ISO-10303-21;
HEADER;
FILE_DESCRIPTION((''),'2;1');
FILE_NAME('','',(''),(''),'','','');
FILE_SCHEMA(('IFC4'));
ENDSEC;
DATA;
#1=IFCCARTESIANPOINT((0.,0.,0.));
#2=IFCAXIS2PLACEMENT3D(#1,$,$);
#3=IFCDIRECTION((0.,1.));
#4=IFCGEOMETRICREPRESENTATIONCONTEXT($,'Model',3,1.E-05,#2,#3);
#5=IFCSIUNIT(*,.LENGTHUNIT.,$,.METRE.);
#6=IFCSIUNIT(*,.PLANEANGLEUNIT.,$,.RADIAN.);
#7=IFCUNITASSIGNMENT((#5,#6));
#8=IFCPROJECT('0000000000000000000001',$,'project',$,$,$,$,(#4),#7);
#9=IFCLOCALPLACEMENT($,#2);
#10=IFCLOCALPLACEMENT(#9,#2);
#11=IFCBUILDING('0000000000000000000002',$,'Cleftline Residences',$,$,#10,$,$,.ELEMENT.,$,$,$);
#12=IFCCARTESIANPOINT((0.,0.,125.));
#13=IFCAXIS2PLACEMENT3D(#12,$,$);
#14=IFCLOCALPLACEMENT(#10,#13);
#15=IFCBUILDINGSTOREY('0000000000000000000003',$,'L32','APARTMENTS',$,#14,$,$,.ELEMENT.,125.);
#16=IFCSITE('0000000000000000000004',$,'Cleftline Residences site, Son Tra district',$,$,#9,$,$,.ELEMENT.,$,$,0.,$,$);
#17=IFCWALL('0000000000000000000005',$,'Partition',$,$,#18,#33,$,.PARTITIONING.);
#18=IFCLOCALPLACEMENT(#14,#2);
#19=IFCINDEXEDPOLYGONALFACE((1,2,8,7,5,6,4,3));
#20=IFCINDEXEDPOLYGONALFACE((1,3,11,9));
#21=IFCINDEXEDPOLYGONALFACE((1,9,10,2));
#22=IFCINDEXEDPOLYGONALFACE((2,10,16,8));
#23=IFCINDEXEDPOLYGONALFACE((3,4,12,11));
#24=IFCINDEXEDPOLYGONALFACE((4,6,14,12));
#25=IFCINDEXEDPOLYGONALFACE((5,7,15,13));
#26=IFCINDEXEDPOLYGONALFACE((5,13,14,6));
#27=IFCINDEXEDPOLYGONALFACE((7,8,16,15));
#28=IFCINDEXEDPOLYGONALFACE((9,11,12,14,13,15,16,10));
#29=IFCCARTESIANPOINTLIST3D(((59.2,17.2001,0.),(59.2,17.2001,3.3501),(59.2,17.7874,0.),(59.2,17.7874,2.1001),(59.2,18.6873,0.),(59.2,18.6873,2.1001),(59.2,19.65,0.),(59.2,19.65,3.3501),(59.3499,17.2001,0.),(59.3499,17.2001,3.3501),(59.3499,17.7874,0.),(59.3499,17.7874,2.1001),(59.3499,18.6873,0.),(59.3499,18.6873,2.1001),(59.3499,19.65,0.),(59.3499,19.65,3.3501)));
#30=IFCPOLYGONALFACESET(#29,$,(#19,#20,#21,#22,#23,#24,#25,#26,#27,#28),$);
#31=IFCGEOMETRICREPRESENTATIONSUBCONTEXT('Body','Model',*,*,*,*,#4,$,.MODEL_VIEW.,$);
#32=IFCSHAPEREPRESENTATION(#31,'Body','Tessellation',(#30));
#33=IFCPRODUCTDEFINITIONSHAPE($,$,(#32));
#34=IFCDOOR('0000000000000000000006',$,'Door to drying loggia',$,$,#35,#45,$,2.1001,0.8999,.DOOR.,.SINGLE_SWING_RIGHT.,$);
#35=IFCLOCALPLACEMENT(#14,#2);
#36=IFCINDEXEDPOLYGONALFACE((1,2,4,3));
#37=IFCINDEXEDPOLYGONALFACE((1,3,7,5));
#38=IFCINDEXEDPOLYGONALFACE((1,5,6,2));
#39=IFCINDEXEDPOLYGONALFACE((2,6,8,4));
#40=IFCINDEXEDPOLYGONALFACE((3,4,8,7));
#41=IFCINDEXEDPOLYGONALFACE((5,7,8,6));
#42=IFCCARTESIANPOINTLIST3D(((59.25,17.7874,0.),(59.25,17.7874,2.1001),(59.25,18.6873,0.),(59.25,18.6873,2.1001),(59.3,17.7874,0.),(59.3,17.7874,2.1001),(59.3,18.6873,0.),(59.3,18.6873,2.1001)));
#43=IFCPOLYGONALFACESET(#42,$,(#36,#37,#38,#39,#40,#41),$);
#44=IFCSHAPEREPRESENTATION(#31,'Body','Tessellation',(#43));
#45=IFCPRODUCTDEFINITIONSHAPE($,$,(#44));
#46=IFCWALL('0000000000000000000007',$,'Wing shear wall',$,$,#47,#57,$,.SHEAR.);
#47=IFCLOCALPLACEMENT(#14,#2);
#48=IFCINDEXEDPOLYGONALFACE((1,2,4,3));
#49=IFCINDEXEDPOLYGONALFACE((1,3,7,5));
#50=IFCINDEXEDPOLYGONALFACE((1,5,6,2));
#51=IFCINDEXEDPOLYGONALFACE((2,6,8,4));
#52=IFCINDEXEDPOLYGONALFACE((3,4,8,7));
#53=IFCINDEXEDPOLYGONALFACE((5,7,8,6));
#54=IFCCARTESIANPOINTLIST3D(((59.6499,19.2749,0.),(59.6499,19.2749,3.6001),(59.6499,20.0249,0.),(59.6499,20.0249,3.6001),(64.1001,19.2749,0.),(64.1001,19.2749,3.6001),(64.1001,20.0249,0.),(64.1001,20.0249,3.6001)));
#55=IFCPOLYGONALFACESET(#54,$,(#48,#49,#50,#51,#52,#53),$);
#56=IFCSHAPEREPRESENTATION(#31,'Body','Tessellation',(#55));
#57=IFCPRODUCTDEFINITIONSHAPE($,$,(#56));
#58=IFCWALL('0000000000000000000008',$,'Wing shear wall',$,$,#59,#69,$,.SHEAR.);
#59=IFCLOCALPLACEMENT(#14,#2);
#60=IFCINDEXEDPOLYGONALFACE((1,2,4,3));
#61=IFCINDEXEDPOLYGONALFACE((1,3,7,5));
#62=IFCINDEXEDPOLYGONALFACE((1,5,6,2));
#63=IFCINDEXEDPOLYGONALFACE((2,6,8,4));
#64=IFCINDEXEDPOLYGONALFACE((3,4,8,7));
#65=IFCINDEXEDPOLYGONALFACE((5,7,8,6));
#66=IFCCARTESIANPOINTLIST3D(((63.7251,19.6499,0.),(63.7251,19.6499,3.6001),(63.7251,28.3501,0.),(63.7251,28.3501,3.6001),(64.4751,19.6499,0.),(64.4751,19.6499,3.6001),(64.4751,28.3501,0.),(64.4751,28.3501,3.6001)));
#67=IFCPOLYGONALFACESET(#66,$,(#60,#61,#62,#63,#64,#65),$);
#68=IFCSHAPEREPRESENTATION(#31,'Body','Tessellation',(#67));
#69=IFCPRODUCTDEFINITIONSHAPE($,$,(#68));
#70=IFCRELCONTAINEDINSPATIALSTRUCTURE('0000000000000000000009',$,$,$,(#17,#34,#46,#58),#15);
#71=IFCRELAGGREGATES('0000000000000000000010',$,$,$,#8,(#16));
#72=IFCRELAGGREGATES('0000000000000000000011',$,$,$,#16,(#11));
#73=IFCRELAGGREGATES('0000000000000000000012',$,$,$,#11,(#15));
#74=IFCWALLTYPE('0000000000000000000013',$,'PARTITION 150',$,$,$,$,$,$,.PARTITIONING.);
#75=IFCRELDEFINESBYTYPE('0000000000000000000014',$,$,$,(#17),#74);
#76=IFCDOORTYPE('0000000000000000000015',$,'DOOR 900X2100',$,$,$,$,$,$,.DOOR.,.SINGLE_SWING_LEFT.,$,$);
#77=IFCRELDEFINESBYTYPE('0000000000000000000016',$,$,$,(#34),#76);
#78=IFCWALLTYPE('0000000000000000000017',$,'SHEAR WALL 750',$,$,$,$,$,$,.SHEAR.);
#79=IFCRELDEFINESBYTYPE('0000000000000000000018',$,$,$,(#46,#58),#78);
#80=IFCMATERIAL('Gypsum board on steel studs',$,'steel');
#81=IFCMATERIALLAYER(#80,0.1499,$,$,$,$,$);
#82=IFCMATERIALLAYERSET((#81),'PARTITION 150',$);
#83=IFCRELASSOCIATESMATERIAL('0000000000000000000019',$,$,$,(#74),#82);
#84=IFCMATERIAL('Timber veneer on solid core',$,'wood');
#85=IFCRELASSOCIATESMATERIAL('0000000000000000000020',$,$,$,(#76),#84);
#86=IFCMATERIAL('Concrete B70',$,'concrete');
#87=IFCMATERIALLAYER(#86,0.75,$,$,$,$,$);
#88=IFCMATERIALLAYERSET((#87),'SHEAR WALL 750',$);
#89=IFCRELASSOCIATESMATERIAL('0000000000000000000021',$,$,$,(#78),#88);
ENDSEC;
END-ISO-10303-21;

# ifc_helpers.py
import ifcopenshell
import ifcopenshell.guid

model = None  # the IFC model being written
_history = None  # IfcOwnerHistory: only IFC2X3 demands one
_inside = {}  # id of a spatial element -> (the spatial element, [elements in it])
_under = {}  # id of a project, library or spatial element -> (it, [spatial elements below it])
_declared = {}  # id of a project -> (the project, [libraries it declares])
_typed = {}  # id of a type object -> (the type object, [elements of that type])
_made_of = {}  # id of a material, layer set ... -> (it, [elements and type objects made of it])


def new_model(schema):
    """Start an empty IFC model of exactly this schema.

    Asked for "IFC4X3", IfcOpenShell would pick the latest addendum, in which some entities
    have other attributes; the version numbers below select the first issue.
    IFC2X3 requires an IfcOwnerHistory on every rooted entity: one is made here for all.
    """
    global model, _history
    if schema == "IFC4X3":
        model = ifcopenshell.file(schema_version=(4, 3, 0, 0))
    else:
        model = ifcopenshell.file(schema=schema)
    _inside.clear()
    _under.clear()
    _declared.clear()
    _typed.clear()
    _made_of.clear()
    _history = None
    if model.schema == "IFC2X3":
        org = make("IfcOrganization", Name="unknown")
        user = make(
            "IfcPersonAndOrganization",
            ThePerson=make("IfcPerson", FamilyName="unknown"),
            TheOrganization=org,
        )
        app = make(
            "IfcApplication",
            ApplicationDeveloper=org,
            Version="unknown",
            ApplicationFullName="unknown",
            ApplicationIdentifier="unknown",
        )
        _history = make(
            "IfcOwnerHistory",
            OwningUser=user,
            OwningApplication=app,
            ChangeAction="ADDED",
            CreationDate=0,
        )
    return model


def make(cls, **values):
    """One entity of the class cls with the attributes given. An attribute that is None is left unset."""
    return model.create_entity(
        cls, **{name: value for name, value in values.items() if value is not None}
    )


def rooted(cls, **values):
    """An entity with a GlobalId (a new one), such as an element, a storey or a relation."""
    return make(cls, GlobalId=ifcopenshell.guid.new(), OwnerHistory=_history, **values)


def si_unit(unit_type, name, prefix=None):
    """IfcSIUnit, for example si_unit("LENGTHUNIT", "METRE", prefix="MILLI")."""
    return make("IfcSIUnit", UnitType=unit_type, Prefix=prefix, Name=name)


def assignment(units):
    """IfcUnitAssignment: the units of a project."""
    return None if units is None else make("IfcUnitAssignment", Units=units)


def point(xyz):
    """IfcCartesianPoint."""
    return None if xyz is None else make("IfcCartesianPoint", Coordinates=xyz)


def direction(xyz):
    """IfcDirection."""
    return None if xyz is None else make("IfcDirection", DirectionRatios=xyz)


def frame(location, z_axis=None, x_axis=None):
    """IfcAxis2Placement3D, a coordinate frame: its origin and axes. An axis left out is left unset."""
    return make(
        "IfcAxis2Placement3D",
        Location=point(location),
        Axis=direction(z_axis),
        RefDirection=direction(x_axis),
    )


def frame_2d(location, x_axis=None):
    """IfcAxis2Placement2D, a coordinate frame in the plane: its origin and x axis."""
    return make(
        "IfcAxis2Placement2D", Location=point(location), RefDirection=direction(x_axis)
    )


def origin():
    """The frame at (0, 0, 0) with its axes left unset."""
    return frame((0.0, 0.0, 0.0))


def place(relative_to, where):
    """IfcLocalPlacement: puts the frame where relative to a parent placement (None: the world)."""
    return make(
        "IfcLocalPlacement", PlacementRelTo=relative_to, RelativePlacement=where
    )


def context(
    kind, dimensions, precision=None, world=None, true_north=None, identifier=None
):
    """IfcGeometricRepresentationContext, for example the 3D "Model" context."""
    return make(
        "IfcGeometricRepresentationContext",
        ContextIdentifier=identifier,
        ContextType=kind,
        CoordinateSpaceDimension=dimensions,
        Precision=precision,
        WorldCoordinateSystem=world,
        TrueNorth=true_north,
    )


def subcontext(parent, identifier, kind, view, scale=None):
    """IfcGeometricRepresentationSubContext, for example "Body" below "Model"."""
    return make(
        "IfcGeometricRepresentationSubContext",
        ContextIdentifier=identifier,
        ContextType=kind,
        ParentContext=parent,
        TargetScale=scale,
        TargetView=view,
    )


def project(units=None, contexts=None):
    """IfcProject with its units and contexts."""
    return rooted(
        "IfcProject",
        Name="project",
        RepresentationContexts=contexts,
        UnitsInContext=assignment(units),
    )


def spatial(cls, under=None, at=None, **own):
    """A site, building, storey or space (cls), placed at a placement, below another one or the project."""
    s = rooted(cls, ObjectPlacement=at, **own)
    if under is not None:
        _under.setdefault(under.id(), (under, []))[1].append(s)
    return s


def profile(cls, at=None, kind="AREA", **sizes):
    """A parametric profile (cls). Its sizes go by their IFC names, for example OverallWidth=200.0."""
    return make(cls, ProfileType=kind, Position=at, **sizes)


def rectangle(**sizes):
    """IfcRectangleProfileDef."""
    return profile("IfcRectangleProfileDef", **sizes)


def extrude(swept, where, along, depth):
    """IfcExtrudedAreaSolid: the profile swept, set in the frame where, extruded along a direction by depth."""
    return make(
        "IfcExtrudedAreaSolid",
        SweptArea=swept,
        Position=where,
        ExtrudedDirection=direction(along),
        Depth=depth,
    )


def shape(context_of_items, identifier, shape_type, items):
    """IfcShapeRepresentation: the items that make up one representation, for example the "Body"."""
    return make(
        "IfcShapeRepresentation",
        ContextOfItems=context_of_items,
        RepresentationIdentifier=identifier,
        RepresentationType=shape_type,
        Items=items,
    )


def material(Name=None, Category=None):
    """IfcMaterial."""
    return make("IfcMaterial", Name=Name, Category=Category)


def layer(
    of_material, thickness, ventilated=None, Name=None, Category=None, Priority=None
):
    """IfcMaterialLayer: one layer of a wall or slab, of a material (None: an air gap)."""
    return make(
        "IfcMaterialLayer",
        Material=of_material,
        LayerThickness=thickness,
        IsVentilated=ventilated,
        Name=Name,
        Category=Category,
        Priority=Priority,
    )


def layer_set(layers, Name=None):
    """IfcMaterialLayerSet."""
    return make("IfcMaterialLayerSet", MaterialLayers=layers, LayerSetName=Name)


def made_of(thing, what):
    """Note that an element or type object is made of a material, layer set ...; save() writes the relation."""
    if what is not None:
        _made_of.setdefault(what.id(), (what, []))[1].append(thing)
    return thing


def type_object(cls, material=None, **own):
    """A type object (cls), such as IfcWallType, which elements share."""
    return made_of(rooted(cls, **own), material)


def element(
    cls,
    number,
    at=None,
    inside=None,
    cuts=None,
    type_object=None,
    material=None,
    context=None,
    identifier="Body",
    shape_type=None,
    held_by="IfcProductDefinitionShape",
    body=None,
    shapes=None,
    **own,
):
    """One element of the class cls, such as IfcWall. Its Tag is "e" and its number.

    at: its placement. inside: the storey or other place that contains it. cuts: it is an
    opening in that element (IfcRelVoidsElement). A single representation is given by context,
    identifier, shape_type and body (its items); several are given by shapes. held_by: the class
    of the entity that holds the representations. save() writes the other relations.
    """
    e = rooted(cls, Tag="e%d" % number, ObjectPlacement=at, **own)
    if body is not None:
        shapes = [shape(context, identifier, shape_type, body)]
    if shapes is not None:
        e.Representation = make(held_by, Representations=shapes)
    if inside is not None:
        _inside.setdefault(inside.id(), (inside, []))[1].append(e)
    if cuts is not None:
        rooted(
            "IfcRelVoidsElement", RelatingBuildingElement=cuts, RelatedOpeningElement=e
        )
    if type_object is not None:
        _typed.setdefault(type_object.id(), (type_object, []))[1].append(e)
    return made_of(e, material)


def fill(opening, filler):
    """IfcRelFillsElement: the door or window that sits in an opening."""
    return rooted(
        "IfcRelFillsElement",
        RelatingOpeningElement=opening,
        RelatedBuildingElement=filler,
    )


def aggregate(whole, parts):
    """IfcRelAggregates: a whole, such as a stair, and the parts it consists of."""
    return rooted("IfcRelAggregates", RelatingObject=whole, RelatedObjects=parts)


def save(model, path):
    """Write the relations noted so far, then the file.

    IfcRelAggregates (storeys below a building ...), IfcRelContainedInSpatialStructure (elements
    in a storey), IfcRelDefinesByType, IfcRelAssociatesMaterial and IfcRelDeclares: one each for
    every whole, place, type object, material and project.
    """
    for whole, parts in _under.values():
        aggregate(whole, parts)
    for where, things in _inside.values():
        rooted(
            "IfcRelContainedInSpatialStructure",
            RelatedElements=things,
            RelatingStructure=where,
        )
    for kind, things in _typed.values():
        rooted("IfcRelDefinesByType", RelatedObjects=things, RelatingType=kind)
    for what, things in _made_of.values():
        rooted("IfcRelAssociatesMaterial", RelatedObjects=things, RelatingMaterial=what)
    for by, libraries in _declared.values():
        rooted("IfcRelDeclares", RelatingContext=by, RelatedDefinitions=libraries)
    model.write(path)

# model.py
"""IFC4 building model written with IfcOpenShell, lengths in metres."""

from ifc_helpers import new_model, si_unit, direction, frame, frame_2d, origin, place, context, subcontext, project, spatial, rectangle, extrude, material, layer, layer_set, type_object, element, fill, save


model = new_model("IFC4")

# Units and contexts
model_context = context("Model", 3, precision=1e-05, world=origin(), true_north=direction((0.0, 1.0)))
body_context = subcontext(model_context, "Body", "Model", "MODEL_VIEW")
ifc_project = project(units=[si_unit("LENGTHUNIT", "METRE"), si_unit("PLANEANGLEUNIT", "RADIAN")], contexts=[model_context])

# Site, building, storey
site_placement = place(None, origin())
site = spatial("IfcSite", under=ifc_project, at=site_placement, Name="Cleftline Residences site, Son Tra district", CompositionType="ELEMENT", RefElevation=0.0)
building_placement = place(site_placement, origin())
building = spatial("IfcBuilding", under=site, at=building_placement, Name="Cleftline Residences", CompositionType="ELEMENT")
storey_placement = place(building_placement, frame((0.0, 0.0, 125.0)))
storey = spatial("IfcBuildingStorey", under=building, at=storey_placement, Name="L32", Description="APARTMENTS", CompositionType="ELEMENT", Elevation=125.0)

# Shared definitions
ifc_material_1 = material(Name="Gypsum board on steel studs", Category="steel")
ifc_layer_1 = layer(ifc_material_1, 0.1499)
ifc_layer_set_1 = layer_set([ifc_layer_1], Name="PARTITION 150")
wall_type_1 = type_object("IfcWallType", Name="PARTITION 150", PredefinedType="PARTITIONING", material=ifc_layer_set_1)

# Wall, opening, door
wall_1_placement = place(storey_placement, frame((59.2749, 17.2, 0.0), z_axis=(0.0, 0.0, 1.0), x_axis=(0.0, 1.0, 0.0)))
wall_1 = element("IfcWall", 1, at=wall_1_placement, inside=storey, type_object=wall_type_1, Name="Partition", PredefinedType="PARTITIONING", context=body_context, shape_type="SweptSolid", body=[
    extrude(rectangle(XDim=2.45, YDim=0.1499, at=frame_2d((1.2251, 0.0))), origin(), (0.0, 0.0, 1.0), 3.3501),
])
opening_1_placement = place(wall_1_placement, frame((0.5874, 0.0, 0.0)))
opening_1 = element("IfcOpeningElement", 2, at=opening_1_placement, cuts=wall_1, PredefinedType="OPENING", context=body_context, shape_type="SweptSolid", body=[
    extrude(rectangle(XDim=0.8999, YDim=2.1001, at=frame_2d((0.45, 1.05))), frame((0.0, 0.085, 0.0), z_axis=(0.0, -1.0, 0.0), x_axis=(1.0, 0.0, 0.0)), (0.0, 0.0, 1.0), 0.1699),
])
ifc_material_2 = material(Name="Timber veneer on solid core", Category="wood")
door_type_1 = type_object("IfcDoorType", Name="DOOR 900X2100", OperationType="SINGLE_SWING_LEFT", PredefinedType="DOOR", material=ifc_material_2)
door_1_placement = place(opening_1_placement, origin())
door_1 = element("IfcDoor", 3, at=door_1_placement, inside=storey, type_object=door_type_1, Name="Door to drying loggia", OperationType="SINGLE_SWING_RIGHT", OverallHeight=2.1001, OverallWidth=0.8999, PredefinedType="DOOR", context=body_context, shape_type="SweptSolid", body=[
    extrude(rectangle(XDim=0.8999, YDim=2.1001, at=frame_2d((0.45, 1.05))), frame((0.0, 0.0249, 0.0), z_axis=(0.0, -1.0, 0.0), x_axis=(1.0, 0.0, 0.0)), (0.0, 0.0, 1.0), 0.05),
])
fill(opening_1, door_1)

# Walls
ifc_material_3 = material(Name="Concrete B70", Category="concrete")
ifc_layer_2 = layer(ifc_material_3, 0.75)
ifc_layer_set_2 = layer_set([ifc_layer_2], Name="SHEAR WALL 750")
wall_type_2 = type_object("IfcWallType", Name="SHEAR WALL 750", PredefinedType="SHEAR", material=ifc_layer_set_2)
wall_2_placement = place(storey_placement, frame((59.6499, 19.6499, 0.0), z_axis=(0.0, 0.0, 1.0), x_axis=(1.0, 0.0, 0.0)))
element("IfcWall", 4, at=wall_2_placement, inside=storey, type_object=wall_type_2, Name="Wing shear wall", PredefinedType="SHEAR", context=body_context, shape_type="SweptSolid", body=[
    extrude(rectangle(XDim=4.4502, YDim=0.75, at=frame_2d((2.2251, 0.0))), origin(), (0.0, 0.0, 1.0), 3.6001),
])
wall_3_placement = place(storey_placement, frame((64.1001, 19.6499, 0.0), z_axis=(0.0, 0.0, 1.0), x_axis=(0.0, 1.0, 0.0)))
element("IfcWall", 5, at=wall_3_placement, inside=storey, type_object=wall_type_2, Name="Wing shear wall", PredefinedType="SHEAR", context=body_context, shape_type="SweptSolid", body=[
    extrude(rectangle(XDim=8.7002, YDim=0.75, at=frame_2d((4.3501, 0.0))), origin(), (0.0, 0.0, 1.0), 3.6001),
])

save(model, "model.ifc")
